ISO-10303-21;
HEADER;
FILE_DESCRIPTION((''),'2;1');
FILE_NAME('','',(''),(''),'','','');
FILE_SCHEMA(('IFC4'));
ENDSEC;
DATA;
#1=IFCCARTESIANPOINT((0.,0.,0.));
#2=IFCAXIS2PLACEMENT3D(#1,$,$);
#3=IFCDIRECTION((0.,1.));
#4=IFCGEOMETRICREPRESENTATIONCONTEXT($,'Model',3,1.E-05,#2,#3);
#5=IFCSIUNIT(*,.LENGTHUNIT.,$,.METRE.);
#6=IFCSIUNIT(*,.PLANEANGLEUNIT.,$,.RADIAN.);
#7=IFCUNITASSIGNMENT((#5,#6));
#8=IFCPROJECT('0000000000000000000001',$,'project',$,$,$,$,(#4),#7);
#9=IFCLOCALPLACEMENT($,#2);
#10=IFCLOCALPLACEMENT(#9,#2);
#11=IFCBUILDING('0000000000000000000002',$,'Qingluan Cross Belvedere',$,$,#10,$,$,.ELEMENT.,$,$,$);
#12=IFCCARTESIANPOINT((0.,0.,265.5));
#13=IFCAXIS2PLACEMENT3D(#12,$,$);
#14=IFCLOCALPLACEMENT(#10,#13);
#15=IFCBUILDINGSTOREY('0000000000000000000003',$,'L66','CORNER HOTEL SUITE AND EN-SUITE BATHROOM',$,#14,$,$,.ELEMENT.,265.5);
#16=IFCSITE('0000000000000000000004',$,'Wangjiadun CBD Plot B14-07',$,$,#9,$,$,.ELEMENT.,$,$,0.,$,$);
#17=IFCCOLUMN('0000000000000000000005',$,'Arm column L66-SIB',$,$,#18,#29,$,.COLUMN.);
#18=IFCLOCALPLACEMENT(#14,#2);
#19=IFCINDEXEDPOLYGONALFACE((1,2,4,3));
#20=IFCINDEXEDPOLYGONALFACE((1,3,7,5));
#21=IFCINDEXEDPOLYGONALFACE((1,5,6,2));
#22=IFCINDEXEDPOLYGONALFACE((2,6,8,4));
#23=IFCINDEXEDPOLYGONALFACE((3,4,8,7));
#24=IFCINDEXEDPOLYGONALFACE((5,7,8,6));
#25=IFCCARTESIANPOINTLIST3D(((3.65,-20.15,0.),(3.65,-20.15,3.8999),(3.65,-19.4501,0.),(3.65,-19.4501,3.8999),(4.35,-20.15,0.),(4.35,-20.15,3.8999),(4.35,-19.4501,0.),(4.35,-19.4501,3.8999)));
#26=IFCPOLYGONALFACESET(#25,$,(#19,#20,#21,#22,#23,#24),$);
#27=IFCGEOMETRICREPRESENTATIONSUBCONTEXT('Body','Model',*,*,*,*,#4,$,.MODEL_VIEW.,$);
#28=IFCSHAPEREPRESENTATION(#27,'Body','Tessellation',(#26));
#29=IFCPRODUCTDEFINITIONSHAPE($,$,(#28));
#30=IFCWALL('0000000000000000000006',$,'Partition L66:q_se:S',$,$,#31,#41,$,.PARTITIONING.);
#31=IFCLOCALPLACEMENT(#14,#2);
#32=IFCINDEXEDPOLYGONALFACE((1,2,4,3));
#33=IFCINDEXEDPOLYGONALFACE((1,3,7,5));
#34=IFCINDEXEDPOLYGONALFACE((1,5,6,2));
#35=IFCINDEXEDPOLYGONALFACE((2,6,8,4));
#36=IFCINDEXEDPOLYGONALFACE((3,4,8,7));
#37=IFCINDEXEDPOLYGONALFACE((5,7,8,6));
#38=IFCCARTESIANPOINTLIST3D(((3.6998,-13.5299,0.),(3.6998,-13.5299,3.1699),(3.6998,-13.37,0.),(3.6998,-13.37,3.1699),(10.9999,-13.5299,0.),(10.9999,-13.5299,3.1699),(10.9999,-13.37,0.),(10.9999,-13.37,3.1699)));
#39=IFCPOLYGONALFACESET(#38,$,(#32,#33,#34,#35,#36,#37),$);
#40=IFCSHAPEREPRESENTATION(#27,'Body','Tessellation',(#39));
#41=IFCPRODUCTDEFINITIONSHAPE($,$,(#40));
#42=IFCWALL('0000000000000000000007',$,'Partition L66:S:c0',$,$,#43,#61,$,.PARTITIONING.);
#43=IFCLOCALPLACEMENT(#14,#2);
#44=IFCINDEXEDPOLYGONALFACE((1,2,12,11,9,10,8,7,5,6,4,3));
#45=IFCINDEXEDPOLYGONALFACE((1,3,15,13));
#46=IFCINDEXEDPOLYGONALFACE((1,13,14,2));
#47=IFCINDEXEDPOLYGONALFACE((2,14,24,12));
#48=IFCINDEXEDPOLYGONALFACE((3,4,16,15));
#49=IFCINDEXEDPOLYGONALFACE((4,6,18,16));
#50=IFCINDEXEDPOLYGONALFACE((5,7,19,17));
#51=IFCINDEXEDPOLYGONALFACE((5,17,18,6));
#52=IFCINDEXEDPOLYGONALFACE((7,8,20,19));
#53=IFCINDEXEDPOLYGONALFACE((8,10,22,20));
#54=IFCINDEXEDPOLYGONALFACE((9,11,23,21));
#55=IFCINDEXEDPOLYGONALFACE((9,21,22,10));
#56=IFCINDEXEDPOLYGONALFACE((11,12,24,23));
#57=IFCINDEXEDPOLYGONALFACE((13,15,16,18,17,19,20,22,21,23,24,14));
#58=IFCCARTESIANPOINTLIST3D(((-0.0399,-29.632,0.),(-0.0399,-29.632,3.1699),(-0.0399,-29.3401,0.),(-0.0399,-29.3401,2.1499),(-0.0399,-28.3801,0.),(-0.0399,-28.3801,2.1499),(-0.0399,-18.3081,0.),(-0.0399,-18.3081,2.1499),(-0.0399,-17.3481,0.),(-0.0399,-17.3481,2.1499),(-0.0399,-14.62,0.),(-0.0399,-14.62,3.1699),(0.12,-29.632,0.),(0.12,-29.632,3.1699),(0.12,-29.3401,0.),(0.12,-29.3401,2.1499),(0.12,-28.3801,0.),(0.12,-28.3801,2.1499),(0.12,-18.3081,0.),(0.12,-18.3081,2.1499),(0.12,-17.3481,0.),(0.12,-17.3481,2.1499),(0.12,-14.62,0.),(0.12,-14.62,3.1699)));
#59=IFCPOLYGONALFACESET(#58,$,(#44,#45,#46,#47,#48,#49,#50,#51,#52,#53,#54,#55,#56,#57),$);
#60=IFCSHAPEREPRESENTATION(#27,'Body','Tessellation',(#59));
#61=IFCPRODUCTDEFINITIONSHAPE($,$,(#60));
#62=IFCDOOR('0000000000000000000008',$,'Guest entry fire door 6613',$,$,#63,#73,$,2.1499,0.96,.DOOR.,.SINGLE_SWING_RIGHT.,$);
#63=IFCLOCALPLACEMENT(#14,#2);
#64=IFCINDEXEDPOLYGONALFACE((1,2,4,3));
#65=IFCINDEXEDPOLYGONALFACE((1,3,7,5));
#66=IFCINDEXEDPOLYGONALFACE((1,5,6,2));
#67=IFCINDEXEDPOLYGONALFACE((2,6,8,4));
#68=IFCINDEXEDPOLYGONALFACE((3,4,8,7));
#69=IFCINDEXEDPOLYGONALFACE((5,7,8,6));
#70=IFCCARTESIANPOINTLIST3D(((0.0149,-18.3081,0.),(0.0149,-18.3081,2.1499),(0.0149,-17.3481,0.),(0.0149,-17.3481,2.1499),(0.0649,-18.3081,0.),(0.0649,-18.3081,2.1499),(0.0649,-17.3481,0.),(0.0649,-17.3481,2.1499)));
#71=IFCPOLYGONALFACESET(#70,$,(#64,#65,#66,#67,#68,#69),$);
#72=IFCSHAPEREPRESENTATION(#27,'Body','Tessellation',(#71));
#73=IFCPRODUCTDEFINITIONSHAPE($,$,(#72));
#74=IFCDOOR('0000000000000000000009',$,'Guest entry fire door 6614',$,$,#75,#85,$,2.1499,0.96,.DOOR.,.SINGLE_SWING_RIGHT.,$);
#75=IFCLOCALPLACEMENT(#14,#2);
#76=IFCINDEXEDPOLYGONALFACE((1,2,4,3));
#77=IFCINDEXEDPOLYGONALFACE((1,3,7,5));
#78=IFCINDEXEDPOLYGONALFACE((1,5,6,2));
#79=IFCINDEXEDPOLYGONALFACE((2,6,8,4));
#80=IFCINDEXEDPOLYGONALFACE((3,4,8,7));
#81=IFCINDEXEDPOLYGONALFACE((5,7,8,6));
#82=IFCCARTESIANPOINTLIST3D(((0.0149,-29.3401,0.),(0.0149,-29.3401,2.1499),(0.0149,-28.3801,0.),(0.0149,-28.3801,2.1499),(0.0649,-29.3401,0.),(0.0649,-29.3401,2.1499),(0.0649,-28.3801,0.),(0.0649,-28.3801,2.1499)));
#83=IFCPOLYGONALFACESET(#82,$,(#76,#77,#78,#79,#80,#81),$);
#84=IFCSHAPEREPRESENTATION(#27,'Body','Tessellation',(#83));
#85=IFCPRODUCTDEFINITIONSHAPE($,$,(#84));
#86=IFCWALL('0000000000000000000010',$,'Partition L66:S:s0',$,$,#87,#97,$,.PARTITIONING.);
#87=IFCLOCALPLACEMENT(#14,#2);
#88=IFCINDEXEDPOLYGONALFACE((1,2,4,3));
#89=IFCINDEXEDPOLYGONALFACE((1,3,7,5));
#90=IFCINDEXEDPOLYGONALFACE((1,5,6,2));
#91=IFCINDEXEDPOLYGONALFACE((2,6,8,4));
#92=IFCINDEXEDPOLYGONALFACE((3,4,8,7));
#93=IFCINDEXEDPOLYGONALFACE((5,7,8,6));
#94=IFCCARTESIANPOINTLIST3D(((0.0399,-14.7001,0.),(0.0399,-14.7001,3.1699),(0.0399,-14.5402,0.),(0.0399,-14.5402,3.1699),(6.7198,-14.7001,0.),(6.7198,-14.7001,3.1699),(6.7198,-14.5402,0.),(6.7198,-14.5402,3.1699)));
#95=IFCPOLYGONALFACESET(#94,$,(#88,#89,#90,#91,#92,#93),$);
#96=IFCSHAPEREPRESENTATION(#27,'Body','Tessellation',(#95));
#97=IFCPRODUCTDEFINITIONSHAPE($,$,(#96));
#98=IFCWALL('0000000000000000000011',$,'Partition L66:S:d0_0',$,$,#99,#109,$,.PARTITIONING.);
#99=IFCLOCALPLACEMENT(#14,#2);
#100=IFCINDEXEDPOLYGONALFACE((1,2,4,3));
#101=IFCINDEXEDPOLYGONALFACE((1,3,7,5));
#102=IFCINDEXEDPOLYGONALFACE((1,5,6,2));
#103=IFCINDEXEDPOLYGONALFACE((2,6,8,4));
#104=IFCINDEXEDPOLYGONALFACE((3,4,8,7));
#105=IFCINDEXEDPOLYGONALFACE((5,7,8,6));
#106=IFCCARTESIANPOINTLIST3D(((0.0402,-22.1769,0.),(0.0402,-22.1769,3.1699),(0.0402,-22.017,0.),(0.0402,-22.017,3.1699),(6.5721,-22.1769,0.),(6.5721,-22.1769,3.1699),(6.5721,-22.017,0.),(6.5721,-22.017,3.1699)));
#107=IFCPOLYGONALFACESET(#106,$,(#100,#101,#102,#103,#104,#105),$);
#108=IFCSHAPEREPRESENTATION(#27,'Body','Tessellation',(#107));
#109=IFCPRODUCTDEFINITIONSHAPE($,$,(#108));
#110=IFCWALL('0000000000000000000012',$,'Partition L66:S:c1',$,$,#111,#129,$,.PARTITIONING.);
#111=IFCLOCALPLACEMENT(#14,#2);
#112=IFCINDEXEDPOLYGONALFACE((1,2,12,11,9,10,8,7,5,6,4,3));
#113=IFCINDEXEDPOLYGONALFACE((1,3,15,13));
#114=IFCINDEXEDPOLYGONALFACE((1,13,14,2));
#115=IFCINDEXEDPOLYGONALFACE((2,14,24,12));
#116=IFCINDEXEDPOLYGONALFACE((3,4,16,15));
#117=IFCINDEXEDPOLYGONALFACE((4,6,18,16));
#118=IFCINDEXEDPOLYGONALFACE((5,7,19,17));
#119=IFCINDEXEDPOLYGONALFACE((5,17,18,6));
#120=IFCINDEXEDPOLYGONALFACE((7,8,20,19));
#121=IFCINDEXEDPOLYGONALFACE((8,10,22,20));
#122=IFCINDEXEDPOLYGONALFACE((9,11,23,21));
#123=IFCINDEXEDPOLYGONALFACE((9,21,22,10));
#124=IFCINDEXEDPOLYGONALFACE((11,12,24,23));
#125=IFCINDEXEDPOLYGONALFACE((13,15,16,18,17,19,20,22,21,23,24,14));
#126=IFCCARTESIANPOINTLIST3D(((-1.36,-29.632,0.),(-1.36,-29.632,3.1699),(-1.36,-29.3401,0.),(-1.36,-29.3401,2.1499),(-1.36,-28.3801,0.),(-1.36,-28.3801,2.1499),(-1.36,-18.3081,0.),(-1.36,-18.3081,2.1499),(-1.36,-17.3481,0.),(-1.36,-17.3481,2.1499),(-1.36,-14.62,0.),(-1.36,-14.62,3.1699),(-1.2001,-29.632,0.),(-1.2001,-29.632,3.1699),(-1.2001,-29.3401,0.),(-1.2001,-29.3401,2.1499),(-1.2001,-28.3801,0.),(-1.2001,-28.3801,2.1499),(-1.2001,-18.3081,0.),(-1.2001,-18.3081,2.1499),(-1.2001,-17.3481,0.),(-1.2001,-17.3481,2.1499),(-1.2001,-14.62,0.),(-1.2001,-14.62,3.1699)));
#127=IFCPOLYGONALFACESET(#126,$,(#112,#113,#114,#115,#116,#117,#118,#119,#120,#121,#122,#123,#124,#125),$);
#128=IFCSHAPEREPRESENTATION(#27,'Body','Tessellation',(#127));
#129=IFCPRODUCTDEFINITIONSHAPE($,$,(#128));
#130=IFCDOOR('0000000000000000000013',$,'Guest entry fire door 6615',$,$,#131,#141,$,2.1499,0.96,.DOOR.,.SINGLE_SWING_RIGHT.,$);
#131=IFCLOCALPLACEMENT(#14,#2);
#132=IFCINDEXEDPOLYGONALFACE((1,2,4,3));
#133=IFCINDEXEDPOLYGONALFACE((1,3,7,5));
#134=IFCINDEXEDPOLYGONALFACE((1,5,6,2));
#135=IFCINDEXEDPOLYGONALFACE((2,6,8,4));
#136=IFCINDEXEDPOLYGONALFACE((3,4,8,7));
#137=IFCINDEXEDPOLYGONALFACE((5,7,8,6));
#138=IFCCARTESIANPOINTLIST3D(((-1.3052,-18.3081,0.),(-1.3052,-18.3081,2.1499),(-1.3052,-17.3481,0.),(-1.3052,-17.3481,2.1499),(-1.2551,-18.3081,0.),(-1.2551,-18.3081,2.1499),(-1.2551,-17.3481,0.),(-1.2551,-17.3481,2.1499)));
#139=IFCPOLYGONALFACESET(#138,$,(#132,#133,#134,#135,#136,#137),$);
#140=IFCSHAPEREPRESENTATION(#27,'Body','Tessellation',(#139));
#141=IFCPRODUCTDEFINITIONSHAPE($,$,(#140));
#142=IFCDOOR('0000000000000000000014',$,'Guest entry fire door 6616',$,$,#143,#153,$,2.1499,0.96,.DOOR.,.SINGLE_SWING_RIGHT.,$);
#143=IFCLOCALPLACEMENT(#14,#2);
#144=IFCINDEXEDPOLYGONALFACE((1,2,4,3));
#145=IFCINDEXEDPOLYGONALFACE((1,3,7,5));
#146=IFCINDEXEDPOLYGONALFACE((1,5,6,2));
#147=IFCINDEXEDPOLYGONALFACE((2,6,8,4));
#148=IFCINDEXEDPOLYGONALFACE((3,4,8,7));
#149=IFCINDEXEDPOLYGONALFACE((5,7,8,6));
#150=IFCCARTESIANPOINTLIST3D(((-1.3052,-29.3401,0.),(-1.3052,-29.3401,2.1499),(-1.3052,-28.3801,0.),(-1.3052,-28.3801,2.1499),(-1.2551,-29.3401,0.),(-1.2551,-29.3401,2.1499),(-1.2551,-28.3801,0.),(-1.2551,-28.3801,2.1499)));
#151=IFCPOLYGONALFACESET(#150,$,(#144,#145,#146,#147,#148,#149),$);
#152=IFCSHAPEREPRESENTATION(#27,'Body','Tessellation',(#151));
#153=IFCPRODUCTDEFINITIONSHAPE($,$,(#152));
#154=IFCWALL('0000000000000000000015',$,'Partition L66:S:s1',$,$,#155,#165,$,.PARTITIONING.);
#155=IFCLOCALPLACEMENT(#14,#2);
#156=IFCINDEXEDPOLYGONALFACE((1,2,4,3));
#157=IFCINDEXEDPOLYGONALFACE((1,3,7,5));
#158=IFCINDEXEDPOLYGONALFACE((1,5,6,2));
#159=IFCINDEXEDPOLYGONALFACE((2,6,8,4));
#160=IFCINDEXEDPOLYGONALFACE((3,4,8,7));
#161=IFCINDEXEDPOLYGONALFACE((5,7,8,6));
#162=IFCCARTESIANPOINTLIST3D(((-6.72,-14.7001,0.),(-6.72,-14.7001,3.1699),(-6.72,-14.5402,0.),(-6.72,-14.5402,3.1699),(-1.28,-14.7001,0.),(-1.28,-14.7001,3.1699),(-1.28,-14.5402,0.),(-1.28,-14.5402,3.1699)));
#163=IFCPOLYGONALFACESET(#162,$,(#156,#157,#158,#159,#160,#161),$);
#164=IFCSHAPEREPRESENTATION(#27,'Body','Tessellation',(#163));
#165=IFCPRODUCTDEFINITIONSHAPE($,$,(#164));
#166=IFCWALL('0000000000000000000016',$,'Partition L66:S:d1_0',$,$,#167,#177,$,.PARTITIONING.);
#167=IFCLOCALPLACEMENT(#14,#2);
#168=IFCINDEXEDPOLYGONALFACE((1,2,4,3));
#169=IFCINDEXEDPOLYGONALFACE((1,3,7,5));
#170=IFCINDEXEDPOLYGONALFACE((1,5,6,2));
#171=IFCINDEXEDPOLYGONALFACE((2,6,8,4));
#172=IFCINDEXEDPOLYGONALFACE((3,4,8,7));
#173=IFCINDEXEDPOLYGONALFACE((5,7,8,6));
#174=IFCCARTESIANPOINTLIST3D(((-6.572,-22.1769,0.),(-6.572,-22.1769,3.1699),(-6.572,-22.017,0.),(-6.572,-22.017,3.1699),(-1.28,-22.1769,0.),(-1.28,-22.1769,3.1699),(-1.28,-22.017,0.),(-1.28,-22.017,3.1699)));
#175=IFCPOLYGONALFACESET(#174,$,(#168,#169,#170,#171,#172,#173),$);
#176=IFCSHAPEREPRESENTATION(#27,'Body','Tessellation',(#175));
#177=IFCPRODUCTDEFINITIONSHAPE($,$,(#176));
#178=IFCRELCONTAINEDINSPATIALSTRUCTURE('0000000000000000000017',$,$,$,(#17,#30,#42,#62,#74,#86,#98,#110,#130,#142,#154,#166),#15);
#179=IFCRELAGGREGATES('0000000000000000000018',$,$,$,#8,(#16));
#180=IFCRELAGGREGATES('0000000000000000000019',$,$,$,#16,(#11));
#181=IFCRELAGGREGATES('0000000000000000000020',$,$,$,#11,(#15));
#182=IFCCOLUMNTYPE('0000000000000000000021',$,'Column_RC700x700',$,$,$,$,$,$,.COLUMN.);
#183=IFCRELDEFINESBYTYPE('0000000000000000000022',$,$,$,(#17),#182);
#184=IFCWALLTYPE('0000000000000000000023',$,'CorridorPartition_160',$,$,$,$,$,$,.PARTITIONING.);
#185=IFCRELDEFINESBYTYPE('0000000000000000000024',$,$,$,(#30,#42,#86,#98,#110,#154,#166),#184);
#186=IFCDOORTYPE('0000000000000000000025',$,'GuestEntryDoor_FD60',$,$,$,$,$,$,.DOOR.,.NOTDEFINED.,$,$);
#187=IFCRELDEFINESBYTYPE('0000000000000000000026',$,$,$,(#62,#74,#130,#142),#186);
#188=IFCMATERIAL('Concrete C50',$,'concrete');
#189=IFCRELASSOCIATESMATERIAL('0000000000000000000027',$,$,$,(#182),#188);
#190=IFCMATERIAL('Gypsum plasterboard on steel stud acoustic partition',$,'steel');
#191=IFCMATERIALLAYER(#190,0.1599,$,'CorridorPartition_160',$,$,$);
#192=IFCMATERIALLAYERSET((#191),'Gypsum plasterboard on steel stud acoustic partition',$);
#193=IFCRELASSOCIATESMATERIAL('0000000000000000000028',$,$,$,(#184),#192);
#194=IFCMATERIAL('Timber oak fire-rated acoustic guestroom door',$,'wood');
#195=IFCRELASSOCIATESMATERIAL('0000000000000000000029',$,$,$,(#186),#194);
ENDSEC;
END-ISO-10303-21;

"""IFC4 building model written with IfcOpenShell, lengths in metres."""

from ifc_helpers import new_model, si_unit, direction, frame, frame_2d, origin, origin_2d, place, context, subcontext, project, spatial, rectangle, extrude, material, layer, layer_set, material_profile, profile_set, type_object, element, fill, save


model = new_model("IFC4")

# Units and contexts
model_context = context("Model", 3, precision=1e-05, world=origin(), true_north=direction((0.0, 1.0)))
body_context = subcontext(model_context, "Body", "Model", "MODEL_VIEW")
ifc_project = project(units=[si_unit("LENGTHUNIT", "METRE"), si_unit("PLANEANGLEUNIT", "RADIAN")], contexts=[model_context])

# Site, building, storey
site_placement = place(None, origin())
site = spatial("IfcSite", under=ifc_project, at=site_placement, Name="Wangjiadun CBD Plot B14-07", CompositionType="ELEMENT", RefElevation=0.0)
building_placement = place(site_placement, origin())
building = spatial("IfcBuilding", under=site, at=building_placement, Name="Qingluan Cross Belvedere", CompositionType="ELEMENT")
storey_placement = place(building_placement, frame((0.0, 0.0, 265.5)))
storey = spatial("IfcBuildingStorey", under=building, at=storey_placement, Name="L66", Description="CORNER HOTEL SUITE AND EN-SUITE BATHROOM", CompositionType="ELEMENT", Elevation=265.5)

# Column
ifc_material_1 = material(Name="Concrete C50", Category="concrete")
ifc_material_profile = material_profile(ifc_material_1, rectangle(XDim=0.7, YDim=0.7, at=origin_2d()), Name="RC700x700")
ifc_profile_set = profile_set([ifc_material_profile], Name="Concrete C50")
column_type = type_object("IfcColumnType", Name="Column_RC700x700", PredefinedType="COLUMN", material=ifc_profile_set)
column_placement = place(storey_placement, frame((4.0, -19.8, 0.0), z_axis=(0.0, 0.0, 1.0), x_axis=(1.0, 0.0, 0.0)))
element("IfcColumn", 1, at=column_placement, inside=storey, type_object=column_type, Name="Arm column L66-SIB", PredefinedType="COLUMN", context=body_context, shape_type="SweptSolid", body=[
    extrude(rectangle(XDim=0.7, YDim=0.7, at=origin_2d()), origin(), (0.0, 0.0, 1.0), 3.8999),
])

# Wall
ifc_material_2 = material(Name="Gypsum plasterboard on steel stud acoustic partition", Category="steel")
ifc_layer_1 = layer(ifc_material_2, 0.1599, Name="CorridorPartition_160")
ifc_layer_set_1 = layer_set([ifc_layer_1], Name="Gypsum plasterboard on steel stud acoustic partition")
wall_type_1 = type_object("IfcWallType", Name="CorridorPartition_160", PredefinedType="PARTITIONING", material=ifc_layer_set_1)
wall_1_placement = place(storey_placement, frame((3.7, -13.45, 0.0), z_axis=(0.0, 0.0, 1.0), x_axis=(1.0, 0.0, 0.0)))
element("IfcWall", 2, at=wall_1_placement, inside=storey, type_object=wall_type_1, Name="Partition L66:q_se:S", PredefinedType="PARTITIONING", context=body_context, shape_type="SweptSolid", body=[
    extrude(rectangle(XDim=7.3, YDim=0.1599, at=frame_2d((3.6499, 0.0))), origin(), (0.0, 0.0, 1.0), 3.1699),
])

# Wall, openings, doors
wall_2_placement = place(storey_placement, frame((0.04, -14.6201, 0.0), z_axis=(0.0, 0.0, 1.0), x_axis=(0.0, -1.0, 0.0)))
wall_2 = element("IfcWall", 3, at=wall_2_placement, inside=storey, type_object=wall_type_1, Name="Partition L66:S:c0", PredefinedType="PARTITIONING", context=body_context, shape_type="SweptSolid", body=[
    extrude(rectangle(XDim=15.012, YDim=0.1599, at=frame_2d((7.5059, 0.0))), origin(), (0.0, 0.0, 1.0), 3.1699),
])
opening_1_placement = place(wall_2_placement, frame((2.728, 0.0, 0.0)))
opening_1 = element("IfcOpeningElement", 4, at=opening_1_placement, cuts=wall_2, PredefinedType="OPENING", context=body_context, shape_type="SweptSolid", body=[
    extrude(rectangle(XDim=0.96, YDim=2.1499, at=frame_2d((0.48, 1.075))), frame((0.0, 0.0898, 0.0), z_axis=(0.0, -1.0, 0.0), x_axis=(1.0, 0.0, 0.0)), (0.0, 0.0, 1.0), 0.1799),
])
opening_2_placement = place(wall_2_placement, frame((13.76, 0.0, 0.0)))
opening_2 = element("IfcOpeningElement", 5, at=opening_2_placement, cuts=wall_2, PredefinedType="OPENING", context=body_context, shape_type="SweptSolid", body=[
    extrude(rectangle(XDim=0.96, YDim=2.1499, at=frame_2d((0.48, 1.075))), frame((0.0, 0.0898, 0.0), z_axis=(0.0, -1.0, 0.0), x_axis=(1.0, 0.0, 0.0)), (0.0, 0.0, 1.0), 0.1799),
])
ifc_material_3 = material(Name="Timber oak fire-rated acoustic guestroom door", Category="wood")
door_type_1 = type_object("IfcDoorType", Name="GuestEntryDoor_FD60", OperationType="NOTDEFINED", PredefinedType="DOOR", material=ifc_material_3)
door_1_placement = place(opening_1_placement, origin())
door_1 = element("IfcDoor", 6, at=door_1_placement, inside=storey, type_object=door_type_1, Name="Guest entry fire door 6613", OperationType="SINGLE_SWING_RIGHT", OverallHeight=2.1499, OverallWidth=0.96, PredefinedType="DOOR", context=body_context, shape_type="SweptSolid", body=[
    extrude(rectangle(XDim=0.96, YDim=2.1499, at=frame_2d((0.48, 1.075))), frame((0.0, 0.0249, 0.0), z_axis=(0.0, -1.0, 0.0), x_axis=(1.0, 0.0, 0.0)), (0.0, 0.0, 1.0), 0.05),
])
fill(opening_1, door_1)
door_2_placement = place(opening_2_placement, origin())
door_2 = element("IfcDoor", 7, at=door_2_placement, inside=storey, type_object=door_type_1, Name="Guest entry fire door 6614", OperationType="SINGLE_SWING_RIGHT", OverallHeight=2.1499, OverallWidth=0.96, PredefinedType="DOOR", context=body_context, shape_type="SweptSolid", body=[
    extrude(rectangle(XDim=0.96, YDim=2.1499, at=frame_2d((0.48, 1.075))), frame((0.0, 0.0249, 0.0), z_axis=(0.0, -1.0, 0.0), x_axis=(1.0, 0.0, 0.0)), (0.0, 0.0, 1.0), 0.05),
])
fill(opening_2, door_2)

# Walls
wall_3_placement = place(storey_placement, frame((0.04, -14.6201, 0.0), z_axis=(0.0, 0.0, 1.0), x_axis=(1.0, 0.0, 0.0)))
element("IfcWall", 8, at=wall_3_placement, inside=storey, type_object=wall_type_1, Name="Partition L66:S:s0", PredefinedType="PARTITIONING", context=body_context, shape_type="SweptSolid", body=[
    extrude(rectangle(XDim=6.6799, YDim=0.1599, at=frame_2d((3.3398, 0.0))), origin(), (0.0, 0.0, 1.0), 3.1699),
])
wall_4_placement = place(storey_placement, frame((0.04, -22.0969, 0.0), z_axis=(0.0, 0.0, 1.0), x_axis=(1.0, 0.0, 0.0)))
element("IfcWall", 9, at=wall_4_placement, inside=storey, type_object=wall_type_1, Name="Partition L66:S:d0_0", PredefinedType="PARTITIONING", context=body_context, shape_type="SweptSolid", body=[
    extrude(rectangle(XDim=6.532, YDim=0.1599, at=frame_2d((3.2661, 0.0))), origin(), (0.0, 0.0, 1.0), 3.1699),
])

# Wall, openings, doors
wall_5_placement = place(storey_placement, frame((-1.28, -14.6201, 0.0), z_axis=(0.0, 0.0, 1.0), x_axis=(0.0, -1.0, 0.0)))
wall_5 = element("IfcWall", 10, at=wall_5_placement, inside=storey, type_object=wall_type_1, Name="Partition L66:S:c1", PredefinedType="PARTITIONING", context=body_context, shape_type="SweptSolid", body=[
    extrude(rectangle(XDim=15.012, YDim=0.1599, at=frame_2d((7.5059, 0.0))), origin(), (0.0, 0.0, 1.0), 3.1699),
])
opening_3_placement = place(wall_5_placement, frame((2.728, 0.0, 0.0)))
opening_3 = element("IfcOpeningElement", 11, at=opening_3_placement, cuts=wall_5, PredefinedType="OPENING", context=body_context, shape_type="SweptSolid", body=[
    extrude(rectangle(XDim=0.96, YDim=2.1499, at=frame_2d((0.48, 1.075))), frame((0.0, 0.0898, 0.0), z_axis=(0.0, -1.0, 0.0), x_axis=(1.0, 0.0, 0.0)), (0.0, 0.0, 1.0), 0.1799),
])
opening_4_placement = place(wall_5_placement, frame((13.76, 0.0, 0.0)))
opening_4 = element("IfcOpeningElement", 12, at=opening_4_placement, cuts=wall_5, PredefinedType="OPENING", context=body_context, shape_type="SweptSolid", body=[
    extrude(rectangle(XDim=0.96, YDim=2.1499, at=frame_2d((0.48, 1.075))), frame((0.0, 0.0898, 0.0), z_axis=(0.0, -1.0, 0.0), x_axis=(1.0, 0.0, 0.0)), (0.0, 0.0, 1.0), 0.1799),
])
door_3_placement = place(opening_3_placement, origin())
door_3 = element("IfcDoor", 13, at=door_3_placement, inside=storey, type_object=door_type_1, Name="Guest entry fire door 6615", OperationType="SINGLE_SWING_RIGHT", OverallHeight=2.1499, OverallWidth=0.96, PredefinedType="DOOR", context=body_context, shape_type="SweptSolid", body=[
    extrude(rectangle(XDim=0.96, YDim=2.1499, at=frame_2d((0.48, 1.075))), frame((0.0, 0.0249, 0.0), z_axis=(0.0, -1.0, 0.0), x_axis=(1.0, 0.0, 0.0)), (0.0, 0.0, 1.0), 0.05),
])
fill(opening_3, door_3)
door_4_placement = place(opening_4_placement, origin())
door_4 = element("IfcDoor", 14, at=door_4_placement, inside=storey, type_object=door_type_1, Name="Guest entry fire door 6616", OperationType="SINGLE_SWING_RIGHT", OverallHeight=2.1499, OverallWidth=0.96, PredefinedType="DOOR", context=body_context, shape_type="SweptSolid", body=[
    extrude(rectangle(XDim=0.96, YDim=2.1499, at=frame_2d((0.48, 1.075))), frame((0.0, 0.0249, 0.0), z_axis=(0.0, -1.0, 0.0), x_axis=(1.0, 0.0, 0.0)), (0.0, 0.0, 1.0), 0.05),
])
fill(opening_4, door_4)

# Walls
wall_6_placement = place(storey_placement, frame((-1.28, -14.6201, 0.0), z_axis=(0.0, 0.0, 1.0), x_axis=(-1.0, 0.0, 0.0)))
element("IfcWall", 15, at=wall_6_placement, inside=storey, type_object=wall_type_1, Name="Partition L66:S:s1", PredefinedType="PARTITIONING", context=body_context, shape_type="SweptSolid", body=[
    extrude(rectangle(XDim=5.4399, YDim=0.1599, at=frame_2d((2.72, 0.0))), origin(), (0.0, 0.0, 1.0), 3.1699),
])
wall_7_placement = place(storey_placement, frame((-1.28, -22.0969, 0.0), z_axis=(0.0, 0.0, 1.0), x_axis=(-1.0, 0.0, 0.0)))
element("IfcWall", 16, at=wall_7_placement, inside=storey, type_object=wall_type_1, Name="Partition L66:S:d1_0", PredefinedType="PARTITIONING", context=body_context, shape_type="SweptSolid", body=[
    extrude(rectangle(XDim=5.292, YDim=0.1599, at=frame_2d((2.646, 0.0))), origin(), (0.0, 0.0, 1.0), 3.1699),
])

save(model, "model.ifc")
